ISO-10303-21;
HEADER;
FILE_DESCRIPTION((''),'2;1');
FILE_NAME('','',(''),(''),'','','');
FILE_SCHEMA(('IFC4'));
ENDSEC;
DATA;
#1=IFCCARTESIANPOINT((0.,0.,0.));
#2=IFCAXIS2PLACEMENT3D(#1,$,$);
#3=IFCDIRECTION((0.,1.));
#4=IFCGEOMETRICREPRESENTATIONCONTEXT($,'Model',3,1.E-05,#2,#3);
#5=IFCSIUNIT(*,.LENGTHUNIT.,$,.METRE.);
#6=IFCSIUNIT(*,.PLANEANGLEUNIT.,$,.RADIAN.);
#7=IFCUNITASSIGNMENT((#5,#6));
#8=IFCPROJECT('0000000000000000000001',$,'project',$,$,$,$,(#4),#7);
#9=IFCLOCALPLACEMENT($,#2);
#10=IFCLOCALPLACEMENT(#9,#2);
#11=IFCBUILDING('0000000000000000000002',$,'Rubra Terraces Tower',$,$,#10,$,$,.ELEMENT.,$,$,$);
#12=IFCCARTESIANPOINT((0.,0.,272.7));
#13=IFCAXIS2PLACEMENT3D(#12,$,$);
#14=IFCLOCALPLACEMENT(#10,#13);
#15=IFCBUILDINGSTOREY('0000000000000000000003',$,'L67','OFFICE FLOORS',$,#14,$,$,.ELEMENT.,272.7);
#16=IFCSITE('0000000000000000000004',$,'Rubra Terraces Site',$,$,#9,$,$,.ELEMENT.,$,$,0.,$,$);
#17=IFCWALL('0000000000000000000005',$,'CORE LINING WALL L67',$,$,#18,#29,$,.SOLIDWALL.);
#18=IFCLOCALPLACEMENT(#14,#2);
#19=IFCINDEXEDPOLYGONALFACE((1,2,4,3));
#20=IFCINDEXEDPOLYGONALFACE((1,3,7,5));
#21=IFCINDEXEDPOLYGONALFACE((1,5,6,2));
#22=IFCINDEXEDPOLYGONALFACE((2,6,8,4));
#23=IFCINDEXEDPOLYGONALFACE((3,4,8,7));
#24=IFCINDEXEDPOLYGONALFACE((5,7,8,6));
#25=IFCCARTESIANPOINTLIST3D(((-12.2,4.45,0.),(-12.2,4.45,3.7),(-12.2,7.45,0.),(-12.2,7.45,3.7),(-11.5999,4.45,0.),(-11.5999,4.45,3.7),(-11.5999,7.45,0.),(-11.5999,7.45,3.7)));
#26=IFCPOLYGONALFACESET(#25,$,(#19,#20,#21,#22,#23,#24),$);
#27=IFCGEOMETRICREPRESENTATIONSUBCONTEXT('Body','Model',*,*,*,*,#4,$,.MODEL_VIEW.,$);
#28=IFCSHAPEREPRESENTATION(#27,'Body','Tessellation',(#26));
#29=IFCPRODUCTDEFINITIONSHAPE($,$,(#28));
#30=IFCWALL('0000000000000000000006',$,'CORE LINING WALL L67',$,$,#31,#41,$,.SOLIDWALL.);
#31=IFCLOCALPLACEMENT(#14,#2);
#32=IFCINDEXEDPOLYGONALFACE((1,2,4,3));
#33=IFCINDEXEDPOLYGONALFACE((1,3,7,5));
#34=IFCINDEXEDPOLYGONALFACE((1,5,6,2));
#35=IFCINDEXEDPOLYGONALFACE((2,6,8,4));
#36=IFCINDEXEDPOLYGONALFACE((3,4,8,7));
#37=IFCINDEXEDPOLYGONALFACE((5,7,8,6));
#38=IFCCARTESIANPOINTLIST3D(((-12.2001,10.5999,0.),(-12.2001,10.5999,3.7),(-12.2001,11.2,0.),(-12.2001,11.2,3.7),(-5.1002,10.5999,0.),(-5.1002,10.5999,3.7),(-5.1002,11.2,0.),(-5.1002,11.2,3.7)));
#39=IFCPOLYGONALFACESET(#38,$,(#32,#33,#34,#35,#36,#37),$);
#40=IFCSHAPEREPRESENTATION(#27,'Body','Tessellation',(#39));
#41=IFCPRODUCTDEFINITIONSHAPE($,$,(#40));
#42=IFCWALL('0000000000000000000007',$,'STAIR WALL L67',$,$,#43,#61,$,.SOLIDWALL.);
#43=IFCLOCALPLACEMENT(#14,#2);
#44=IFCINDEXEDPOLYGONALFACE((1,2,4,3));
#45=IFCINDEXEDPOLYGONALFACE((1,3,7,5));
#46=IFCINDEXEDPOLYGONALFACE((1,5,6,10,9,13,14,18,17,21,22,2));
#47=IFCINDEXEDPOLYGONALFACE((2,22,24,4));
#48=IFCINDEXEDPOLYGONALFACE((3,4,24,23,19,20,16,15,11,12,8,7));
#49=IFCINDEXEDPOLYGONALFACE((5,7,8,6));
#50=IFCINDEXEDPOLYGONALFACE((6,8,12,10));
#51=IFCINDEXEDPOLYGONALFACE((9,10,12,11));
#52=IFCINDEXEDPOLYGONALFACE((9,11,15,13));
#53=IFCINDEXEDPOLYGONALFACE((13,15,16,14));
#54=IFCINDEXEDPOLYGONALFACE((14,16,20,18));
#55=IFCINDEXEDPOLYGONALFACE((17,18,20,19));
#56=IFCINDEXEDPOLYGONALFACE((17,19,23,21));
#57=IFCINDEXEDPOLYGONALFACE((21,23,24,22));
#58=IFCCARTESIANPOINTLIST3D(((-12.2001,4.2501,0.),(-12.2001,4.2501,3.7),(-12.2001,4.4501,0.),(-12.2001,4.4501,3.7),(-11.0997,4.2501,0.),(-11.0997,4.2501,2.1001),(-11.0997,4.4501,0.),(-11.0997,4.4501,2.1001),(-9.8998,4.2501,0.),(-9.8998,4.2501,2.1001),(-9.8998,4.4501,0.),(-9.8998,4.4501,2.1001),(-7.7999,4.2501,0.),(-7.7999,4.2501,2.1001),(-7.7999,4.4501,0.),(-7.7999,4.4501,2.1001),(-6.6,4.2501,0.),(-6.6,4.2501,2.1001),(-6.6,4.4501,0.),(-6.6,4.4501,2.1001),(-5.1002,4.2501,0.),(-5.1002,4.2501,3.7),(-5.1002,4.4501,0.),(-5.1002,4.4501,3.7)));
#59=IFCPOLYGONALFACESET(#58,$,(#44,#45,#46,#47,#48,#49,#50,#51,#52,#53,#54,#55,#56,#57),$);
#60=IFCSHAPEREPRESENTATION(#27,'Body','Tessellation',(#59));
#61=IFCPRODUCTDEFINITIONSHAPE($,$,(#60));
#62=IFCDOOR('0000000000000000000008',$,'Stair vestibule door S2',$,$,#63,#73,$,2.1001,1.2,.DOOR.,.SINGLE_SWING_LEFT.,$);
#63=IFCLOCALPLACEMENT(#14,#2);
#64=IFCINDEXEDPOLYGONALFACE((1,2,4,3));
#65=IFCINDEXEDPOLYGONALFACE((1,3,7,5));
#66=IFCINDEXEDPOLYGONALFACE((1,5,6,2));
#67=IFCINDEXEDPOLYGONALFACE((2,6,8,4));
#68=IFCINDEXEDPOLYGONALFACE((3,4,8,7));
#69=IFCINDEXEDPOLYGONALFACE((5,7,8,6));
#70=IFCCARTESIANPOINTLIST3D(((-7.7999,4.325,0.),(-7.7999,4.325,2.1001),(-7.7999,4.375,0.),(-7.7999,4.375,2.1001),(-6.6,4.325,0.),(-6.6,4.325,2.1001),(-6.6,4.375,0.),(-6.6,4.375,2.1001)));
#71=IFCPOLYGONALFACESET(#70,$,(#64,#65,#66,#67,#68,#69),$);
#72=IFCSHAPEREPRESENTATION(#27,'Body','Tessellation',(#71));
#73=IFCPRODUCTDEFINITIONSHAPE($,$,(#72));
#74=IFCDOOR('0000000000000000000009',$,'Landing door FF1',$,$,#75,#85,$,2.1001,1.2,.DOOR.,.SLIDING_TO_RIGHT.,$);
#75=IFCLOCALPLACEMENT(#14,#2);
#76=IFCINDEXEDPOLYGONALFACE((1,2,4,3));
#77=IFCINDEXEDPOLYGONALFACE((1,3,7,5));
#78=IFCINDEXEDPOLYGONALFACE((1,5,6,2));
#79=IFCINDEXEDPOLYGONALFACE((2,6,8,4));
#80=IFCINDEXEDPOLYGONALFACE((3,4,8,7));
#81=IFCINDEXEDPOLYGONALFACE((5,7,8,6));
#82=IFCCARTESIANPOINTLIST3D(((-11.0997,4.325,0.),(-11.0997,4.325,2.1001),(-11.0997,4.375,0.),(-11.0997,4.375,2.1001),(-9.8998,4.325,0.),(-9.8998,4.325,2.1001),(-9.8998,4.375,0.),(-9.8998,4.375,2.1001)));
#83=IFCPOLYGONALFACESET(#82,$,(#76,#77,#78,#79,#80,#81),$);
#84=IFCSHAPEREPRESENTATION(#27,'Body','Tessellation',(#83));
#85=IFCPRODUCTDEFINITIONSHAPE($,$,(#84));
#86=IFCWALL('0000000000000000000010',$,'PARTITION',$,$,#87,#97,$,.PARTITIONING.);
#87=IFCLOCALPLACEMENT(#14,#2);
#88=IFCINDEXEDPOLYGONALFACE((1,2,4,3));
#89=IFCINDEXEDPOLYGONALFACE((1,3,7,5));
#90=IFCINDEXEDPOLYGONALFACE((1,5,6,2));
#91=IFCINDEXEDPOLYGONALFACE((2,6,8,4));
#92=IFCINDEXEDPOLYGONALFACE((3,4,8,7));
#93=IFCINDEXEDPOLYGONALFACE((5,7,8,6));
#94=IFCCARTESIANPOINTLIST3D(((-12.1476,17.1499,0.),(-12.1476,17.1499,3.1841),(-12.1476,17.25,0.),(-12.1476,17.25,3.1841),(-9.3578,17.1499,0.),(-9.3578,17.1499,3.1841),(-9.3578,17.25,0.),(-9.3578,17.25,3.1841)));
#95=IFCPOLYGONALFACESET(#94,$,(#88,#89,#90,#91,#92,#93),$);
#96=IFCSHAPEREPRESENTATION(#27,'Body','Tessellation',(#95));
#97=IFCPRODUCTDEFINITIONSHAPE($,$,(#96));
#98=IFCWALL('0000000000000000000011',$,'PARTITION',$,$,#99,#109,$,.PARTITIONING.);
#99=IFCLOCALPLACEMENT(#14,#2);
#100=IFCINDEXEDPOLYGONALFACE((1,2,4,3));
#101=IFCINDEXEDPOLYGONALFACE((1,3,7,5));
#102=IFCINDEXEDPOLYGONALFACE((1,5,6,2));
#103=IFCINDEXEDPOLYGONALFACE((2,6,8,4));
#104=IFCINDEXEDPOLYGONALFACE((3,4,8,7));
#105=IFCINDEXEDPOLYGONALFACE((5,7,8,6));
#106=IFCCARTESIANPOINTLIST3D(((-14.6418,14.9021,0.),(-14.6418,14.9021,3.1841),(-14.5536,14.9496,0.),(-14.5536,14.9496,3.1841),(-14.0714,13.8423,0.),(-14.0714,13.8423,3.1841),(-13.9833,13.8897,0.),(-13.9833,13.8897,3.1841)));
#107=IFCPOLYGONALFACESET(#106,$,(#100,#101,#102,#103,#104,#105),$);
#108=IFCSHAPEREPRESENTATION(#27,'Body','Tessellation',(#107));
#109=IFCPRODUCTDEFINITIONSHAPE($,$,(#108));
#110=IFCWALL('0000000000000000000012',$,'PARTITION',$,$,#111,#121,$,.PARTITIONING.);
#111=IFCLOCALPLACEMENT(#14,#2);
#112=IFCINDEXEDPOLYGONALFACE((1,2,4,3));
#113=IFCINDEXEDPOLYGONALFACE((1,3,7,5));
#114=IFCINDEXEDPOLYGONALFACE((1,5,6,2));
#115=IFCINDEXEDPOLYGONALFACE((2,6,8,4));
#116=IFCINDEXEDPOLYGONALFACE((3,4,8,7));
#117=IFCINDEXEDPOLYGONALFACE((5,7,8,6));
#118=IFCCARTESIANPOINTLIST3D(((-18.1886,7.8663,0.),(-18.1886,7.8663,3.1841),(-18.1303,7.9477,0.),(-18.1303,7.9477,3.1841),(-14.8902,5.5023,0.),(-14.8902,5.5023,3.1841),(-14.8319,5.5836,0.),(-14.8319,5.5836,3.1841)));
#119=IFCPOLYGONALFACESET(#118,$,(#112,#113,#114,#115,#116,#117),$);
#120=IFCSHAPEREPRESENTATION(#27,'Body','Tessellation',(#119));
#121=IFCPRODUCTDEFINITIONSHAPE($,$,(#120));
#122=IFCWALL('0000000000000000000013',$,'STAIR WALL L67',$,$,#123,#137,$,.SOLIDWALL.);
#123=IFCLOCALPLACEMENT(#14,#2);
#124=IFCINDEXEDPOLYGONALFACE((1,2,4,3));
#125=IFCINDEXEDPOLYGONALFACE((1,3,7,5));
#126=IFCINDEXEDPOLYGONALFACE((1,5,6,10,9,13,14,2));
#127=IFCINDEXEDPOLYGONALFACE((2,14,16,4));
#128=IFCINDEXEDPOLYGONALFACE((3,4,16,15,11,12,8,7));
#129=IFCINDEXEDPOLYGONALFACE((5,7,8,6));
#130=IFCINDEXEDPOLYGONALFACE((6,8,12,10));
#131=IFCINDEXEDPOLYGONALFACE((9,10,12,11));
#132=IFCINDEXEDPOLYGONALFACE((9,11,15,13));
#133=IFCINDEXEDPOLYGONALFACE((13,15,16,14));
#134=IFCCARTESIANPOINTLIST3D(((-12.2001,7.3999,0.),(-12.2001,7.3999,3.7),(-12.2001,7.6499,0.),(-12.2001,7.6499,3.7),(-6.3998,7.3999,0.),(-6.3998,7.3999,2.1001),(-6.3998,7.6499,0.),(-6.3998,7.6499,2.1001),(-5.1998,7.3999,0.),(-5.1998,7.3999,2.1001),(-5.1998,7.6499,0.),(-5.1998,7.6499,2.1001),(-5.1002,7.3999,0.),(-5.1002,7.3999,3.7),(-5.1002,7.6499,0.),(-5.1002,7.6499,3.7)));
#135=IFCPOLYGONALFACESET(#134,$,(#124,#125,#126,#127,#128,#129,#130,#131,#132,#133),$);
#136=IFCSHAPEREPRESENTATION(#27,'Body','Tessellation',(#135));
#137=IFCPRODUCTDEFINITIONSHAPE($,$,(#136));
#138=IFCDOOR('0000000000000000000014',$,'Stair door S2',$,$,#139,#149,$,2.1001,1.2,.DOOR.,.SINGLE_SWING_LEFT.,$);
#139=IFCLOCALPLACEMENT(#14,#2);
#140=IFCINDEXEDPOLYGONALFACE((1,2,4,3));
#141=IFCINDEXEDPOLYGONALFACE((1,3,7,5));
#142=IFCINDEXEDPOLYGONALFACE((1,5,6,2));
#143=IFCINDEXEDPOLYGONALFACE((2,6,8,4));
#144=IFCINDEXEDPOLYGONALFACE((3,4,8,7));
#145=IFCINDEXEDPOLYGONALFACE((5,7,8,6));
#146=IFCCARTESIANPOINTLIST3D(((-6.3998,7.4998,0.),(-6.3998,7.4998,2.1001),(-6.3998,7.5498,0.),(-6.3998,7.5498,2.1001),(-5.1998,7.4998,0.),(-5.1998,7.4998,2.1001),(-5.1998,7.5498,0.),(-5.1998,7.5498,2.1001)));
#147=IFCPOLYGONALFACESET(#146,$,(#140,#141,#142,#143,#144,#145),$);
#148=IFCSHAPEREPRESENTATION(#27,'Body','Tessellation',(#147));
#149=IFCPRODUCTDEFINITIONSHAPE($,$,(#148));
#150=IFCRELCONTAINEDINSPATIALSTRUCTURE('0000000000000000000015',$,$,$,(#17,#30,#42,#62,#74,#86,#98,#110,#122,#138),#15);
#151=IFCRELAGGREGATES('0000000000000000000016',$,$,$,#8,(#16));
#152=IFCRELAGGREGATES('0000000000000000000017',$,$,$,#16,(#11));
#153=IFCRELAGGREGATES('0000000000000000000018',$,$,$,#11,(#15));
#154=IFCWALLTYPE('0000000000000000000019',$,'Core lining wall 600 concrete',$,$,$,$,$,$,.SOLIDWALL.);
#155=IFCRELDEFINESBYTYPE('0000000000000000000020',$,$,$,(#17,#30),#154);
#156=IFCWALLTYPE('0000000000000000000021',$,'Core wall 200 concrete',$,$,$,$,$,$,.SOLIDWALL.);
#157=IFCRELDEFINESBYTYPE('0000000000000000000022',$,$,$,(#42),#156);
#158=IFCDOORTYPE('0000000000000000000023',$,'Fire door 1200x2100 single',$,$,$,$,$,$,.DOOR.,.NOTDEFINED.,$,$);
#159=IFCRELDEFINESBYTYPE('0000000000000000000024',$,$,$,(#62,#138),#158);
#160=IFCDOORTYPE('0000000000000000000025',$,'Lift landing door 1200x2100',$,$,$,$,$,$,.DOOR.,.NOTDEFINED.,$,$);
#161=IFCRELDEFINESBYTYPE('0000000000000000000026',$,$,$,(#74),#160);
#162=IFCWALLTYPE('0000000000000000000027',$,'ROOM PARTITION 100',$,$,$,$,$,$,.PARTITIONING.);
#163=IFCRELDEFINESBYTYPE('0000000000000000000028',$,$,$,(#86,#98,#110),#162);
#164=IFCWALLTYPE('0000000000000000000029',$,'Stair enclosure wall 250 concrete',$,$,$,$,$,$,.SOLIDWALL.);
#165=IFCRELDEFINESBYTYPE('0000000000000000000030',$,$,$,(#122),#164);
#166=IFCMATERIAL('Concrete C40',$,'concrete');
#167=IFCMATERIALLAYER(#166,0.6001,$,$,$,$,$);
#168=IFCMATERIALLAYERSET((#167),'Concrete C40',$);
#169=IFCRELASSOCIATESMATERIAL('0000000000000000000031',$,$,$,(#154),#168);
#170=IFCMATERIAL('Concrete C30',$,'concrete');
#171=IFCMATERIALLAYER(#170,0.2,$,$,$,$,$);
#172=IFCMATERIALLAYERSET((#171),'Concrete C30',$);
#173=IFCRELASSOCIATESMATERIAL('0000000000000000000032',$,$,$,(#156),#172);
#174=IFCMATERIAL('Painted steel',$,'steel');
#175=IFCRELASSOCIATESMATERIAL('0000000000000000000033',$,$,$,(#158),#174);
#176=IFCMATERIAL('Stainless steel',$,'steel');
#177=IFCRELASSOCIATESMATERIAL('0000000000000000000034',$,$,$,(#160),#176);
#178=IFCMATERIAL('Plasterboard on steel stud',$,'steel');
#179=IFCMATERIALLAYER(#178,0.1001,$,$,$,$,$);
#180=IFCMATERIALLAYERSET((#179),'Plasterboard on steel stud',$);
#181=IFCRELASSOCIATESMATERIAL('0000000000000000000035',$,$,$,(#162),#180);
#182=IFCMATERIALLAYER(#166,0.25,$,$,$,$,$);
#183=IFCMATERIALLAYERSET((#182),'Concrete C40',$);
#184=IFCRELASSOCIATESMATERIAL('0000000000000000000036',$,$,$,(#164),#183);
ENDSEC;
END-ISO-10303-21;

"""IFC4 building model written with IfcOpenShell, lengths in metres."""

from ifc_helpers import new_model, si_unit, direction, frame, frame_2d, origin, place, context, subcontext, project, spatial, rectangle, extrude, material, layer, layer_set, type_object, element, fill, save


model = new_model("IFC4")

# Units and contexts
model_context = context("Model", 3, precision=1e-05, world=origin(), true_north=direction((0.0, 1.0)))
body_context = subcontext(model_context, "Body", "Model", "MODEL_VIEW")
ifc_project = project(units=[si_unit("LENGTHUNIT", "METRE"), si_unit("PLANEANGLEUNIT", "RADIAN")], contexts=[model_context])

# Site, building, storey
site_placement = place(None, origin())
site = spatial("IfcSite", under=ifc_project, at=site_placement, Name="Rubra Terraces Site", CompositionType="ELEMENT", RefElevation=0.0)
building_placement = place(site_placement, origin())
building = spatial("IfcBuilding", under=site, at=building_placement, Name="Rubra Terraces Tower", CompositionType="ELEMENT")
storey_placement = place(building_placement, frame((0.0, 0.0, 272.7)))
storey = spatial("IfcBuildingStorey", under=building, at=storey_placement, Name="L67", Description="OFFICE FLOORS", CompositionType="ELEMENT", Elevation=272.7)

# Shared definitions
ifc_material_1 = material(Name="Painted steel", Category="steel")

# Walls
ifc_material_2 = material(Name="Concrete C40", Category="concrete")
ifc_layer_1 = layer(ifc_material_2, 0.6001)
ifc_layer_set_1 = layer_set([ifc_layer_1], Name="Concrete C40")
wall_type_1 = type_object("IfcWallType", Name="Core lining wall 600 concrete", PredefinedType="SOLIDWALL", material=ifc_layer_set_1)
wall_1_placement = place(storey_placement, frame((-11.8999, 4.45, 0.0), z_axis=(0.0, 0.0, 1.0), x_axis=(0.0, 1.0, 0.0)))
element("IfcWall", 1, at=wall_1_placement, inside=storey, type_object=wall_type_1, Name="CORE LINING WALL L67", PredefinedType="SOLIDWALL", context=body_context, shape_type="SweptSolid", body=[
    extrude(rectangle(XDim=3.0, YDim=0.6001, at=frame_2d((1.5, 0.0))), origin(), (0.0, 0.0, 1.0), 3.7),
])
wall_2_placement = place(storey_placement, frame((-12.2, 10.8999, 0.0), z_axis=(0.0, 0.0, 1.0), x_axis=(1.0, 0.0, 0.0)))
element("IfcWall", 2, at=wall_2_placement, inside=storey, type_object=wall_type_1, Name="CORE LINING WALL L67", PredefinedType="SOLIDWALL", context=body_context, shape_type="SweptSolid", body=[
    extrude(rectangle(XDim=7.0999, YDim=0.6001, at=frame_2d((3.5498, 0.0))), origin(), (0.0, 0.0, 1.0), 3.7),
])

# Wall, openings, doors
ifc_material_3 = material(Name="Concrete C30", Category="concrete")
ifc_layer_2 = layer(ifc_material_3, 0.2)
ifc_layer_set_2 = layer_set([ifc_layer_2], Name="Concrete C30")
wall_type_2 = type_object("IfcWallType", Name="Core wall 200 concrete", PredefinedType="SOLIDWALL", material=ifc_layer_set_2)
wall_3_placement = place(storey_placement, frame((-12.2, 4.3501, 0.0), z_axis=(0.0, 0.0, 1.0), x_axis=(1.0, 0.0, 0.0)))
wall_3 = element("IfcWall", 3, at=wall_3_placement, inside=storey, type_object=wall_type_2, Name="STAIR WALL L67", PredefinedType="SOLIDWALL", context=body_context, shape_type="SweptSolid", body=[
    extrude(rectangle(XDim=7.0999, YDim=0.2, at=frame_2d((3.5498, 0.0))), origin(), (0.0, 0.0, 1.0), 3.7),
])
opening_1_placement = place(wall_3_placement, frame((4.3999, 0.0, 0.0)))
opening_1 = element("IfcOpeningElement", 4, at=opening_1_placement, cuts=wall_3, PredefinedType="OPENING", context=body_context, shape_type="SweptSolid", body=[
    extrude(rectangle(XDim=1.2, YDim=2.1001, at=frame_2d((0.6001, 1.05))), frame((0.0, 0.1099, 0.0), z_axis=(0.0, -1.0, 0.0), x_axis=(1.0, 0.0, 0.0)), (0.0, 0.0, 1.0), 0.22),
])
opening_2_placement = place(wall_3_placement, frame((1.1001, 0.0, 0.0)))
opening_2 = element("IfcOpeningElement", 5, at=opening_2_placement, cuts=wall_3, PredefinedType="OPENING", context=body_context, shape_type="SweptSolid", body=[
    extrude(rectangle(XDim=1.2, YDim=2.1001, at=frame_2d((0.6001, 1.05))), frame((0.0, 0.1099, 0.0), z_axis=(0.0, -1.0, 0.0), x_axis=(1.0, 0.0, 0.0)), (0.0, 0.0, 1.0), 0.22),
])
door_type_1 = type_object("IfcDoorType", Name="Fire door 1200x2100 single", OperationType="NOTDEFINED", PredefinedType="DOOR", material=ifc_material_1)
door_1_placement = place(opening_1_placement, origin())
door_1 = element("IfcDoor", 6, at=door_1_placement, inside=storey, type_object=door_type_1, Name="Stair vestibule door S2", OperationType="SINGLE_SWING_LEFT", OverallHeight=2.1001, OverallWidth=1.2, PredefinedType="DOOR", context=body_context, shape_type="SweptSolid", body=[
    extrude(rectangle(XDim=1.2, YDim=2.1001, at=frame_2d((0.6001, 1.05))), frame((0.0, 0.0249, 0.0), z_axis=(0.0, -1.0, 0.0), x_axis=(1.0, 0.0, 0.0)), (0.0, 0.0, 1.0), 0.05),
])
fill(opening_1, door_1)
ifc_material_4 = material(Name="Stainless steel", Category="steel")
door_type_2 = type_object("IfcDoorType", Name="Lift landing door 1200x2100", OperationType="NOTDEFINED", PredefinedType="DOOR", material=ifc_material_4)
door_2_placement = place(opening_2_placement, origin())
door_2 = element("IfcDoor", 7, at=door_2_placement, inside=storey, type_object=door_type_2, Name="Landing door FF1", OperationType="SLIDING_TO_RIGHT", OverallHeight=2.1001, OverallWidth=1.2, PredefinedType="DOOR", context=body_context, shape_type="SweptSolid", body=[
    extrude(rectangle(XDim=1.2, YDim=2.1001, at=frame_2d((0.6001, 1.05))), frame((0.0, 0.0249, 0.0), z_axis=(0.0, -1.0, 0.0), x_axis=(1.0, 0.0, 0.0)), (0.0, 0.0, 1.0), 0.05),
])
fill(opening_2, door_2)

# Walls
ifc_material_5 = material(Name="Plasterboard on steel stud", Category="steel")
ifc_layer_3 = layer(ifc_material_5, 0.1001)
ifc_layer_set_3 = layer_set([ifc_layer_3], Name="Plasterboard on steel stud")
wall_type_3 = type_object("IfcWallType", Name="ROOM PARTITION 100", PredefinedType="PARTITIONING", material=ifc_layer_set_3)
wall_4_placement = place(storey_placement, frame((-12.1477, 17.2, 0.0), z_axis=(0.0, 0.0, 1.0), x_axis=(1.0, 0.0, 0.0)))
element("IfcWall", 8, at=wall_4_placement, inside=storey, type_object=wall_type_3, Name="PARTITION", PredefinedType="PARTITIONING", context=body_context, shape_type="SweptSolid", body=[
    extrude(rectangle(XDim=2.7898, YDim=0.1001, at=frame_2d((1.395, 0.0))), origin(), (0.0, 0.0, 1.0), 3.1841),
])
wall_5_placement = place(storey_placement, frame((-14.0273, 13.866, 0.0), z_axis=(0.0, 0.0, 1.0), x_axis=(-0.47387, 0.880595, 0.0)))
element("IfcWall", 9, at=wall_5_placement, inside=storey, type_object=wall_type_3, Name="PARTITION", PredefinedType="PARTITIONING", context=body_context, shape_type="SweptSolid", body=[
    extrude(rectangle(XDim=1.2036, YDim=0.1001, at=frame_2d((0.6018, 0.0))), origin(), (0.0, 0.0, 1.0), 3.1841),
])
wall_6_placement = place(storey_placement, frame((-14.8611, 5.543, 0.0), z_axis=(0.0, 0.0, 1.0), x_axis=(-0.812793, 0.582552, 0.0)))
element("IfcWall", 10, at=wall_6_placement, inside=storey, type_object=wall_type_3, Name="PARTITION", PredefinedType="PARTITIONING", context=body_context, shape_type="SweptSolid", body=[
    extrude(rectangle(XDim=4.0581, YDim=0.1001, at=frame_2d((2.0291, 0.0))), origin(), (0.0, 0.0, 1.0), 3.1841),
])

# Wall, opening, door
ifc_layer_4 = layer(ifc_material_2, 0.25)
ifc_layer_set_4 = layer_set([ifc_layer_4], Name="Concrete C40")
wall_type_4 = type_object("IfcWallType", Name="Stair enclosure wall 250 concrete", PredefinedType="SOLIDWALL", material=ifc_layer_set_4)
wall_7_placement = place(storey_placement, frame((-12.2, 7.5249, 0.0), z_axis=(0.0, 0.0, 1.0), x_axis=(1.0, 0.0, 0.0)))
wall_7 = element("IfcWall", 11, at=wall_7_placement, inside=storey, type_object=wall_type_4, Name="STAIR WALL L67", PredefinedType="SOLIDWALL", context=body_context, shape_type="SweptSolid", body=[
    extrude(rectangle(XDim=7.0999, YDim=0.25, at=frame_2d((3.5498, 0.0))), origin(), (0.0, 0.0, 1.0), 3.7),
])
opening_3_placement = place(wall_7_placement, frame((5.8, 0.0, 0.0)))
opening_3 = element("IfcOpeningElement", 12, at=opening_3_placement, cuts=wall_7, PredefinedType="OPENING", context=body_context, shape_type="SweptSolid", body=[
    extrude(rectangle(XDim=1.2, YDim=2.1001, at=frame_2d((0.6001, 1.05))), frame((0.0, 0.135, 0.0), z_axis=(0.0, -1.0, 0.0), x_axis=(1.0, 0.0, 0.0)), (0.0, 0.0, 1.0), 0.27),
])
door_3_placement = place(opening_3_placement, origin())
door_3 = element("IfcDoor", 13, at=door_3_placement, inside=storey, type_object=door_type_1, Name="Stair door S2", OperationType="SINGLE_SWING_LEFT", OverallHeight=2.1001, OverallWidth=1.2, PredefinedType="DOOR", context=body_context, shape_type="SweptSolid", body=[
    extrude(rectangle(XDim=1.2, YDim=2.1001, at=frame_2d((0.6001, 1.05))), frame((0.0, 0.0249, 0.0), z_axis=(0.0, -1.0, 0.0), x_axis=(1.0, 0.0, 0.0)), (0.0, 0.0, 1.0), 0.05),
])
fill(opening_3, door_3)

save(model, "model.ifc")
